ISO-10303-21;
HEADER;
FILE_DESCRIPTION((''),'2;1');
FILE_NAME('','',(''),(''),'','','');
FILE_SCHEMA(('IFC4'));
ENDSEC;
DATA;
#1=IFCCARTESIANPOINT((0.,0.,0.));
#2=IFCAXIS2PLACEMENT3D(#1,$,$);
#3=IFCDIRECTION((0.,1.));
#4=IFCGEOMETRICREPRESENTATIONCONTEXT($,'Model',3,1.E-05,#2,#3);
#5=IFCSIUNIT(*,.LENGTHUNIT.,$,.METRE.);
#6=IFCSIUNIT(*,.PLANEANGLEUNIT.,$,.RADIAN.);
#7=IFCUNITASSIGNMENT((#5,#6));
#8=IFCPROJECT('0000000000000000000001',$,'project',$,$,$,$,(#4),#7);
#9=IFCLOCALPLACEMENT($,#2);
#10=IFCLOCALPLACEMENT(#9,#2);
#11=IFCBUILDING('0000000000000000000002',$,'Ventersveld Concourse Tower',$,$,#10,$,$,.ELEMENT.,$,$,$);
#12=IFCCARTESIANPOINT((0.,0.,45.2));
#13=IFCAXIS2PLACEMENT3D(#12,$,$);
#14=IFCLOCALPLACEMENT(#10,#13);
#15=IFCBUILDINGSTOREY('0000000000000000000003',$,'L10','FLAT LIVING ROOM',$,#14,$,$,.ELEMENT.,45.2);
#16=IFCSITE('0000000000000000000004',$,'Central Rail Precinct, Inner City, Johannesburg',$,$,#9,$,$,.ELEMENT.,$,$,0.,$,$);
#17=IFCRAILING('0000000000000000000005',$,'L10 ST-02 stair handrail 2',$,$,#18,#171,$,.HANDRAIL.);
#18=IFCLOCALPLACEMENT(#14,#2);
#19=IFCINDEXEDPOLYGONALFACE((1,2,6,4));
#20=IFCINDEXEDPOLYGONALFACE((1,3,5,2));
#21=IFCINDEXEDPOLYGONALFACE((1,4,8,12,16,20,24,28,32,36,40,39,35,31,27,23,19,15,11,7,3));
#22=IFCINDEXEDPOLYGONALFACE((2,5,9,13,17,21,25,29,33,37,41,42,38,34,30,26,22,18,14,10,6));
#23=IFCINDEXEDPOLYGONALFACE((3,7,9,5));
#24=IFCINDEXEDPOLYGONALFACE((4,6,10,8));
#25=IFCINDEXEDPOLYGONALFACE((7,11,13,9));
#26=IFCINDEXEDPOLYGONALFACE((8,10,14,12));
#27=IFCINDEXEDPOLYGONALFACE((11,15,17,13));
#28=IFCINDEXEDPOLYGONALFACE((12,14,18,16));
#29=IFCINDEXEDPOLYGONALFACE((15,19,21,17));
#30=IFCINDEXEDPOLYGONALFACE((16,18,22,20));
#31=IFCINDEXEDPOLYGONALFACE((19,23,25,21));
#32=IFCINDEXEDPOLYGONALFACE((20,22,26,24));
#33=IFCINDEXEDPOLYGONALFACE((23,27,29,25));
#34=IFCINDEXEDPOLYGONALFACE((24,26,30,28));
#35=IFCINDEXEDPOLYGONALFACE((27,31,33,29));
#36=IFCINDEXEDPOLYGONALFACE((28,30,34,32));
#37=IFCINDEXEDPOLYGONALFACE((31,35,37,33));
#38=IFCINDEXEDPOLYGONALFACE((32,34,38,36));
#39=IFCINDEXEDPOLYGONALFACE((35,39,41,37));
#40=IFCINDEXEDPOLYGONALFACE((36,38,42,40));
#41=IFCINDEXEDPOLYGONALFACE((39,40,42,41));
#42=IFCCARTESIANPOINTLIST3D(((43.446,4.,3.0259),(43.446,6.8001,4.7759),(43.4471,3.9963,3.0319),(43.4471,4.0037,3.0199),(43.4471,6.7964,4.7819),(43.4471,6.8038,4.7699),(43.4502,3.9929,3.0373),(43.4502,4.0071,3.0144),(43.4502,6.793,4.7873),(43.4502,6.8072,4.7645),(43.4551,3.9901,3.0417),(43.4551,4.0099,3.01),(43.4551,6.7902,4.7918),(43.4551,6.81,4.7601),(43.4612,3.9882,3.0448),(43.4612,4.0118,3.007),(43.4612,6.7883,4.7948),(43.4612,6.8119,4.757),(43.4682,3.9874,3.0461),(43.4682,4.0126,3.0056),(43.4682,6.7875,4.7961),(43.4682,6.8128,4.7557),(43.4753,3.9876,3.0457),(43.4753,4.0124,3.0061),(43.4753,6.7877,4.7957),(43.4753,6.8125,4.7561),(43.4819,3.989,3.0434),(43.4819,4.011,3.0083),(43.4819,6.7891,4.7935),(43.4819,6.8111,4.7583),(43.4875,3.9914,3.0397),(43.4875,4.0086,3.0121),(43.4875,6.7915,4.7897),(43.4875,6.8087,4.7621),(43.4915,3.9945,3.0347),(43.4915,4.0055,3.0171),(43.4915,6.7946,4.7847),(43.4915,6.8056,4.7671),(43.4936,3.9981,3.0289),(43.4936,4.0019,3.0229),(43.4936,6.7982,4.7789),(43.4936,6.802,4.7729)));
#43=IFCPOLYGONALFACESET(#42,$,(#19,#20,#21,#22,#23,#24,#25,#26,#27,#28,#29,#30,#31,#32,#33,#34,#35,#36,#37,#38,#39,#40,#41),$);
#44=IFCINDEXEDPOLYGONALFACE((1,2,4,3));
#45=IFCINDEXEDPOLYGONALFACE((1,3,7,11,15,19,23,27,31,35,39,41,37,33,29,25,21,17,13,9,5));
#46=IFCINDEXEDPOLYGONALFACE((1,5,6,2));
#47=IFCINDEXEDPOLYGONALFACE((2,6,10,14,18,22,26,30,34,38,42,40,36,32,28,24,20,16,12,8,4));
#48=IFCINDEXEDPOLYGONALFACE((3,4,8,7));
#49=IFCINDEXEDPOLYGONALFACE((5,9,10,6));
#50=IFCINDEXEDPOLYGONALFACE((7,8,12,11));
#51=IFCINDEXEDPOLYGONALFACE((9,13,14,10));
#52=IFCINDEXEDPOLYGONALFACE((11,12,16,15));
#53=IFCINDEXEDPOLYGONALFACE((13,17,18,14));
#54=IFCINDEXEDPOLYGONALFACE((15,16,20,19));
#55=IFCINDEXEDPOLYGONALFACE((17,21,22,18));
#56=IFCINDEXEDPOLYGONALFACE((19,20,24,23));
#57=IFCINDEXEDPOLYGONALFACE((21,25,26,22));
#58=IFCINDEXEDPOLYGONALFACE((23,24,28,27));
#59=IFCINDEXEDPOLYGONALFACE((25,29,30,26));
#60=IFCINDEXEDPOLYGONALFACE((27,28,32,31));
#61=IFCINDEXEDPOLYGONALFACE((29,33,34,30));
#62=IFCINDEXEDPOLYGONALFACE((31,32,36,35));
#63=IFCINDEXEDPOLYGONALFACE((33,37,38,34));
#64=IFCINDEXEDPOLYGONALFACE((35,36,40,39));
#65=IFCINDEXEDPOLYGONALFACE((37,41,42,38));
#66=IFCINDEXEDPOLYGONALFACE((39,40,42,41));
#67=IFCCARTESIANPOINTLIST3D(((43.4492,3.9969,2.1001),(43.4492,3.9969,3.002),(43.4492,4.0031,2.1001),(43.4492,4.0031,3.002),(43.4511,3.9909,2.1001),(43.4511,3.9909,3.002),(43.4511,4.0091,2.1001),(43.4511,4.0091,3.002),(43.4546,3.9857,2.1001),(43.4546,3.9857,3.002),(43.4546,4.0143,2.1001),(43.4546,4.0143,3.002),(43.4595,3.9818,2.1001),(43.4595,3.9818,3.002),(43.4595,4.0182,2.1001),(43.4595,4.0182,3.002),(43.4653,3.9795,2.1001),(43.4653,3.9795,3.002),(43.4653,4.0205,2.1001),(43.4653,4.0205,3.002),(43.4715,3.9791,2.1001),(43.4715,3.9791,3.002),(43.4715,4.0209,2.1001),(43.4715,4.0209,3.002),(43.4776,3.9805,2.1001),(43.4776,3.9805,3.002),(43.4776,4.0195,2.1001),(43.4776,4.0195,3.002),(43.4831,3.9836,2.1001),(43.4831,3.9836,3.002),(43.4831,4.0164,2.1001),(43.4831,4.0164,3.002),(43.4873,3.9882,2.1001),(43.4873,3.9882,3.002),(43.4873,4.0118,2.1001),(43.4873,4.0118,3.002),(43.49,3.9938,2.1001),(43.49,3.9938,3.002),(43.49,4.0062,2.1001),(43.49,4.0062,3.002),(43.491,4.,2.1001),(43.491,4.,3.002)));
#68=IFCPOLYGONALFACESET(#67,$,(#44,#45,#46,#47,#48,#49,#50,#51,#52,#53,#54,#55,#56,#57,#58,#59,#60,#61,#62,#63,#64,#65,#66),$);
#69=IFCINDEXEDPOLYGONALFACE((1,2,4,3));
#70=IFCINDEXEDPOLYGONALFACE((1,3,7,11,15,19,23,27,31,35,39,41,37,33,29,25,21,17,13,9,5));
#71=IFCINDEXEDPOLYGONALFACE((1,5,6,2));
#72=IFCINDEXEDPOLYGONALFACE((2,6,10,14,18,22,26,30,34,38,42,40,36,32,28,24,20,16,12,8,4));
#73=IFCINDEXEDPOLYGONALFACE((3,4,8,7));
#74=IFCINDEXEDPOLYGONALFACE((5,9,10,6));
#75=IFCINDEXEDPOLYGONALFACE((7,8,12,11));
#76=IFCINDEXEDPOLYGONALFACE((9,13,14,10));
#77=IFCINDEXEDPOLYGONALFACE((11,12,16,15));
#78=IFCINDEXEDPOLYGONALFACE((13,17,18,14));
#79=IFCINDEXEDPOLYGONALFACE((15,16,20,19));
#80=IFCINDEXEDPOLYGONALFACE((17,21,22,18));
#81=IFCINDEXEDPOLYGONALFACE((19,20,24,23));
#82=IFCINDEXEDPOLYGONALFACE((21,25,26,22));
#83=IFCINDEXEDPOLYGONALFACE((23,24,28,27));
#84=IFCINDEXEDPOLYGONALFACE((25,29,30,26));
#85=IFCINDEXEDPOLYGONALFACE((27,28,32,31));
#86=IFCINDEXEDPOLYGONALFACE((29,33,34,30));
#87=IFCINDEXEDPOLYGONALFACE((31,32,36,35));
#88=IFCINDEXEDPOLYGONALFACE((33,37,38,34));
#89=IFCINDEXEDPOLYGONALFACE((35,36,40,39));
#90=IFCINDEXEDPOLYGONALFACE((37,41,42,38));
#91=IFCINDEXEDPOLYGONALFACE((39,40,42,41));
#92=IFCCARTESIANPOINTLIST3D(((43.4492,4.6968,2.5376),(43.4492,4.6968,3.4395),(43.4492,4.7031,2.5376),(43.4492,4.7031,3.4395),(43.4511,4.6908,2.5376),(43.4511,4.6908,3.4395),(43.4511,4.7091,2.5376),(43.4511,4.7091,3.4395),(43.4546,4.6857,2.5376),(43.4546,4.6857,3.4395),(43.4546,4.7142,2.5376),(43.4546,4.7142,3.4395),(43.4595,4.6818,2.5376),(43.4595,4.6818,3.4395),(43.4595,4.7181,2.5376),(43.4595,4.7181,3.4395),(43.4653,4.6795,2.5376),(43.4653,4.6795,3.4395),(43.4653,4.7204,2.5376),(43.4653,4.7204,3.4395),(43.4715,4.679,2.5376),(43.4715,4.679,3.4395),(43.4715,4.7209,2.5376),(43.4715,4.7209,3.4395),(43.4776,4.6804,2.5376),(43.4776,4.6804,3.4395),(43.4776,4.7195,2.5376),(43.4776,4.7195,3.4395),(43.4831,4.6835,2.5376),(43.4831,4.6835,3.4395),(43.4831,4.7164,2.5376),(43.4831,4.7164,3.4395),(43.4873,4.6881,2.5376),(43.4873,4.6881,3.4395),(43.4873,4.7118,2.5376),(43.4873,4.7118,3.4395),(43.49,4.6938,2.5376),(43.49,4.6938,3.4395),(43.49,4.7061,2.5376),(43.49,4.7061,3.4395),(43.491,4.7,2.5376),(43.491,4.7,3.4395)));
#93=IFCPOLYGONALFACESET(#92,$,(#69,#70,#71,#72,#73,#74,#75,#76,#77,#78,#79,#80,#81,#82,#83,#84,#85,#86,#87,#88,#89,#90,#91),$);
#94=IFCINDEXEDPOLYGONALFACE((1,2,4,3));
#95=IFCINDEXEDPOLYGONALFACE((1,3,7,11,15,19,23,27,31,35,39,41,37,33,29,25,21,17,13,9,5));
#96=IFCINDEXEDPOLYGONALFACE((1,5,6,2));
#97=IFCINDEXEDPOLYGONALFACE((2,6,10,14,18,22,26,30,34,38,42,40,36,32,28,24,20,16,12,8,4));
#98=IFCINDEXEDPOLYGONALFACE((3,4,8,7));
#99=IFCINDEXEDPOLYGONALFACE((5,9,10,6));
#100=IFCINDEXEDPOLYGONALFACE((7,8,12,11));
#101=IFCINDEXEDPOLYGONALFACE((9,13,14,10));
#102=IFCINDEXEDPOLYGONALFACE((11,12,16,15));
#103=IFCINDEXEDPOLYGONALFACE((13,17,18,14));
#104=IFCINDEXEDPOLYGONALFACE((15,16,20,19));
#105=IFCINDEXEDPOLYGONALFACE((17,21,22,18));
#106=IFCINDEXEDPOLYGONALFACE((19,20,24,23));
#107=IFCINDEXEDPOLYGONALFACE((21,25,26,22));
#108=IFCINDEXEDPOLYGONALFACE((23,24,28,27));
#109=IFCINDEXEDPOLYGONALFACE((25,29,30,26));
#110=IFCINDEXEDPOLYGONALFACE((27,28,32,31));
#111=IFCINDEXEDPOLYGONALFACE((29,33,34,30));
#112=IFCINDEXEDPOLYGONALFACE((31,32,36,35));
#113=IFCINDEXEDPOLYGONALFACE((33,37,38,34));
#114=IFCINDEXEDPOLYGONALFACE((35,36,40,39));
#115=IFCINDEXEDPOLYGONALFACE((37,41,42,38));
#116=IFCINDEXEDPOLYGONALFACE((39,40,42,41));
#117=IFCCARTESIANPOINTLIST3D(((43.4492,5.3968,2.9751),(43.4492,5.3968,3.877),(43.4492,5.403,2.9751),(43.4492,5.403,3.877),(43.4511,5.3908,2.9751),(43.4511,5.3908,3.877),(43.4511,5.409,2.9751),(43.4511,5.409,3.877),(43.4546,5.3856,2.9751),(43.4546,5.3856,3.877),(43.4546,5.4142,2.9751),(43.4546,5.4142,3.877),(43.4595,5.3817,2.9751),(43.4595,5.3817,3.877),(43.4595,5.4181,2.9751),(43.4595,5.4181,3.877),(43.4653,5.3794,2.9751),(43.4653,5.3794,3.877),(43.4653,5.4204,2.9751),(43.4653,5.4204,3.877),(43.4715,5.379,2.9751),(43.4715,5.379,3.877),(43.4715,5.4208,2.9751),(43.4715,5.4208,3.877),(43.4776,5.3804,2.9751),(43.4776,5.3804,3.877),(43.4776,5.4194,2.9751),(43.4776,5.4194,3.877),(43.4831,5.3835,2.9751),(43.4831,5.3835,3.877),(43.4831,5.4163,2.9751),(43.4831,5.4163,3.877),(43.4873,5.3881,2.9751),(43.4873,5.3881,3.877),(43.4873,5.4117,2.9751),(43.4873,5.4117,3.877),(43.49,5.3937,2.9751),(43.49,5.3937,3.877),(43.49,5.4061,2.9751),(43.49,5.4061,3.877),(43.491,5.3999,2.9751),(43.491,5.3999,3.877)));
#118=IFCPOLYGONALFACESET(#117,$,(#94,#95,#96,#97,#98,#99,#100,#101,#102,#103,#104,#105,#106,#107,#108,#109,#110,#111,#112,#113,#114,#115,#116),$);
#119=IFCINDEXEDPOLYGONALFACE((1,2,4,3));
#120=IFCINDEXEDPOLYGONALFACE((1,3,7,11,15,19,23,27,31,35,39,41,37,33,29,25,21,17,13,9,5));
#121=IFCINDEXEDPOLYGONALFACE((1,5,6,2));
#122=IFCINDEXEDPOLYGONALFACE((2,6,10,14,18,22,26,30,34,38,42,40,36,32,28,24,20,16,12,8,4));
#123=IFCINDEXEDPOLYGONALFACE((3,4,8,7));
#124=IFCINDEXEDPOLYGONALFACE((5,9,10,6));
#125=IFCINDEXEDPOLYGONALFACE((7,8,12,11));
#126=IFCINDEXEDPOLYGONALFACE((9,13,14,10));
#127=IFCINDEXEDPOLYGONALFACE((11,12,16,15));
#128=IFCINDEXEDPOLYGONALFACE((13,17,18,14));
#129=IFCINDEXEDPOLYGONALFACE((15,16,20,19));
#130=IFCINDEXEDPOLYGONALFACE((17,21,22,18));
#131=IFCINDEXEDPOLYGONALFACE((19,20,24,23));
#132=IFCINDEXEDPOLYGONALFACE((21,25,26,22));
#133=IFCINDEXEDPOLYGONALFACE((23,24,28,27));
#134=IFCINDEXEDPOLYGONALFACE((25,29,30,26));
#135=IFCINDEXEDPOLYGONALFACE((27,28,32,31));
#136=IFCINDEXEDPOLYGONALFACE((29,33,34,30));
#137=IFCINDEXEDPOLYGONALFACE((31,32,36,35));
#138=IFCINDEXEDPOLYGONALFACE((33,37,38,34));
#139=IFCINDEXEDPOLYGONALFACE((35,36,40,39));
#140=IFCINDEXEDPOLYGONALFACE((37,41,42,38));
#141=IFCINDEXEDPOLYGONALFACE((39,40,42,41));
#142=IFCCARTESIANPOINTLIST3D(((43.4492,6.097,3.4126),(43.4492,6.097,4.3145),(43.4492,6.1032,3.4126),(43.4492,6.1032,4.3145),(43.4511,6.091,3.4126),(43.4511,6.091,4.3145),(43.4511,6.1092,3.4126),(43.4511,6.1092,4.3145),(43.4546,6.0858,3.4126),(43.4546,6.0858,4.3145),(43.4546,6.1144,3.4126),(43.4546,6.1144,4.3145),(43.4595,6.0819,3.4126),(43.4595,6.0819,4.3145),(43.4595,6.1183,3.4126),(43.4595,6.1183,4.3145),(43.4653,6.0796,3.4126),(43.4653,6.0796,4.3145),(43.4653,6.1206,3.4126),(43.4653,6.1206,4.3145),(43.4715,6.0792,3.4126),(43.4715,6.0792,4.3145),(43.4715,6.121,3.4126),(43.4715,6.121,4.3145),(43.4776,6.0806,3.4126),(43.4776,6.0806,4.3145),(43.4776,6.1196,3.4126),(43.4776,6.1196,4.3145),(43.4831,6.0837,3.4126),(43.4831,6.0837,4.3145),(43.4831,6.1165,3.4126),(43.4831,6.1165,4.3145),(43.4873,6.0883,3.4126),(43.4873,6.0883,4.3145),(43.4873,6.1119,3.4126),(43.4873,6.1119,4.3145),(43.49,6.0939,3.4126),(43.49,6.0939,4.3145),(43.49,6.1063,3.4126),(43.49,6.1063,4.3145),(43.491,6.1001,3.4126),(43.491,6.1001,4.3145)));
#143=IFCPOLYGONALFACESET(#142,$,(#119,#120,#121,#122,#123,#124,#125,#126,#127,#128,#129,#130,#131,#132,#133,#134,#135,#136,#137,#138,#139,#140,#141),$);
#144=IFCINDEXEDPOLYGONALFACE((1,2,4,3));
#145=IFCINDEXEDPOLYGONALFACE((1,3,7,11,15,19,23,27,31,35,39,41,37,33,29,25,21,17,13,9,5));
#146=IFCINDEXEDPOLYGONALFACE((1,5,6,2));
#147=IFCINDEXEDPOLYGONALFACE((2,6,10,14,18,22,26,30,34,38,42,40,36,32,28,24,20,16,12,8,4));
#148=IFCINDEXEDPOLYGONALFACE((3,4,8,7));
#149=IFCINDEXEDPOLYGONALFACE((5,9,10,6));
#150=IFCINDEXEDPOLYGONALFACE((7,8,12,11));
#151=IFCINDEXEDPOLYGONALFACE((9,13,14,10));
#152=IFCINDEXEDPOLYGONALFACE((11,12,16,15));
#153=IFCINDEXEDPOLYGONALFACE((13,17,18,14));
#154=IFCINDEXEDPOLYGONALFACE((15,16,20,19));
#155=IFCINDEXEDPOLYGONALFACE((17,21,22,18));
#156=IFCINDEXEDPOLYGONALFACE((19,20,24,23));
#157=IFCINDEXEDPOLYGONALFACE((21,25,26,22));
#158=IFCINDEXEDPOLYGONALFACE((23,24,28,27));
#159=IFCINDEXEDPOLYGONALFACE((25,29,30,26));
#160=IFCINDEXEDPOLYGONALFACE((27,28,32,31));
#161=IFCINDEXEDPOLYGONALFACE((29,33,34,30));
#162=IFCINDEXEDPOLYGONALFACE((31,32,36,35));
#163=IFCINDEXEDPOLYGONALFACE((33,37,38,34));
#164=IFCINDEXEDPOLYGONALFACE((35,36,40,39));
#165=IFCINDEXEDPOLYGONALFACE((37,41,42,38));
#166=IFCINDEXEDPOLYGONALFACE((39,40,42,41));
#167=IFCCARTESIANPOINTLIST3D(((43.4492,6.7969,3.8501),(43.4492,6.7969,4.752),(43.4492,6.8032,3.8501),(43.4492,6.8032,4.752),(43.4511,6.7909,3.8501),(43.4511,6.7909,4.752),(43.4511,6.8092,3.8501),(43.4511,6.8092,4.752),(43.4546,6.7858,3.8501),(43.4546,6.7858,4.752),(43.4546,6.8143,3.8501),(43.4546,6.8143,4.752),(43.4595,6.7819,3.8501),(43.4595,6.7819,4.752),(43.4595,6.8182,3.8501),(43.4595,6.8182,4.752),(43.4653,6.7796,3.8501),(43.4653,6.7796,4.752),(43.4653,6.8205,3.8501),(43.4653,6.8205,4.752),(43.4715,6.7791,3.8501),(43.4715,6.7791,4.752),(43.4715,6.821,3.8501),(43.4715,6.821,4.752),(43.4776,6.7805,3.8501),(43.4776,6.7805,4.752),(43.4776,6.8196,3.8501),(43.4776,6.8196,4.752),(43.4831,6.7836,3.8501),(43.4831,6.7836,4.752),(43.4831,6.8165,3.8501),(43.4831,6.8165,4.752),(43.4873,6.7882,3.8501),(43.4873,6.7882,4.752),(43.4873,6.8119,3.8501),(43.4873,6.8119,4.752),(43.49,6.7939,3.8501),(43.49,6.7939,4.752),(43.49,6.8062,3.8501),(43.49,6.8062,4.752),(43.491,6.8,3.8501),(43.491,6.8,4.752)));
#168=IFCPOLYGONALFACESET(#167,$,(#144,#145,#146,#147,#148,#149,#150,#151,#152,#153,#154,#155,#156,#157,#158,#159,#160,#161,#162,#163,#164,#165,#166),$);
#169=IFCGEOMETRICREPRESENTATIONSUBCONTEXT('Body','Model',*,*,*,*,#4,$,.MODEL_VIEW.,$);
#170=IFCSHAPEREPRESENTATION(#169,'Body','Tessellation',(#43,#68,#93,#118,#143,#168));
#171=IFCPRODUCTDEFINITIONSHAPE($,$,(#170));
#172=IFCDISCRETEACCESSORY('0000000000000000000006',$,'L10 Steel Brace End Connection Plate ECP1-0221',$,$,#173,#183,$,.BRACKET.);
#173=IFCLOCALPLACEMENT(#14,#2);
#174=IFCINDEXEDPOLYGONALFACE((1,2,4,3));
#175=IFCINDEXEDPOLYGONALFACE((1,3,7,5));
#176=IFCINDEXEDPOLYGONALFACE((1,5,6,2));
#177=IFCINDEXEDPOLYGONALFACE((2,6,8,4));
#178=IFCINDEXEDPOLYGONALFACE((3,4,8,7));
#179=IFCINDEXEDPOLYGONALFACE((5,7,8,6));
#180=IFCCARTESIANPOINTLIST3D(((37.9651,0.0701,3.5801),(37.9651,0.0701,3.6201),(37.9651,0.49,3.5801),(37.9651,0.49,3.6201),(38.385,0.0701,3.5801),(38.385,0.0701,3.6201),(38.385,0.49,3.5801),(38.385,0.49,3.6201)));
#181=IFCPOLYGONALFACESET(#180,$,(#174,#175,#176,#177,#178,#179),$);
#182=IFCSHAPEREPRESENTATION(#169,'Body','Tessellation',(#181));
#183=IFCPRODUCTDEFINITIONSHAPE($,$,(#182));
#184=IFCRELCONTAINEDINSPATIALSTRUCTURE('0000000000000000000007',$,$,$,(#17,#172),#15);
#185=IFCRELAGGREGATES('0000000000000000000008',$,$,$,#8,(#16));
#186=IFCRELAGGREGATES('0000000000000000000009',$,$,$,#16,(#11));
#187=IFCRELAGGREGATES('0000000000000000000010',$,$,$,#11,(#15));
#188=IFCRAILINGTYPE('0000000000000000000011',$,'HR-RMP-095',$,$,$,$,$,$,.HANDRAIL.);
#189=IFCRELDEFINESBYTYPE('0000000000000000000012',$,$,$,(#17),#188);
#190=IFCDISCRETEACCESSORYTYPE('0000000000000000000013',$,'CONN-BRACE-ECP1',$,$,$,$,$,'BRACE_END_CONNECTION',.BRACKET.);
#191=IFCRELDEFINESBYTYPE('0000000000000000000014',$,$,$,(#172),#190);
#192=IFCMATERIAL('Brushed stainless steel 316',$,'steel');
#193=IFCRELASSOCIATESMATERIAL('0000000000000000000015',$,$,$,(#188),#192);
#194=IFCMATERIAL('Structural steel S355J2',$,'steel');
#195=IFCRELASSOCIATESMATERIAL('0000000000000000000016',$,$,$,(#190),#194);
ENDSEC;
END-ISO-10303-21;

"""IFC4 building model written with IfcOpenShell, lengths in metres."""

from ifc_helpers import new_model, si_unit, direction, frame, origin, origin_2d, place, context, subcontext, project, spatial, rectangle, circle, extrude, material, type_object, element, save


model = new_model("IFC4")

# Units and contexts
model_context = context("Model", 3, precision=1e-05, world=origin(), true_north=direction((0.0, 1.0)))
body_context = subcontext(model_context, "Body", "Model", "MODEL_VIEW")
ifc_project = project(units=[si_unit("LENGTHUNIT", "METRE"), si_unit("PLANEANGLEUNIT", "RADIAN")], contexts=[model_context])

# Site, building, storey
site_placement = place(None, origin())
site = spatial("IfcSite", under=ifc_project, at=site_placement, Name="Central Rail Precinct, Inner City, Johannesburg", CompositionType="ELEMENT", RefElevation=0.0)
building_placement = place(site_placement, origin())
building = spatial("IfcBuilding", under=site, at=building_placement, Name="Ventersveld Concourse Tower", CompositionType="ELEMENT")
storey_placement = place(building_placement, frame((0.0, 0.0, 45.2)))
storey = spatial("IfcBuildingStorey", under=building, at=storey_placement, Name="L10", Description="FLAT LIVING ROOM", CompositionType="ELEMENT", Elevation=45.2)

# Shared definitions
ifc_material_1 = material(Name="Structural steel S355J2", Category="steel")

# Shared definitions
ifc_material_2 = material(Name="Brushed stainless steel 316", Category="steel")

# Railing
railing_type_1 = type_object("IfcRailingType", Name="HR-RMP-095", PredefinedType="HANDRAIL", material=ifc_material_2)
railing_1_placement = place(storey_placement, frame((43.47, 4.0, 2.1001)))
element("IfcRailing", 1, at=railing_1_placement, inside=storey, type_object=railing_type_1, Name="L10 ST-02 stair handrail 2", PredefinedType="HANDRAIL", context=body_context, shape_type="SweptSolid", body=[
    extrude(circle(Radius=0.0239, at=origin_2d()), frame((0.0, 0.0, 0.9258), z_axis=(0.0, 0.848002, 0.529992), x_axis=(-1.0, 0.0, 0.0)), (0.0, 0.0, 1.0), 3.302),
    extrude(circle(Radius=0.021, at=origin_2d()), origin(), (0.0, 0.0, 1.0), 0.9019),
    extrude(circle(Radius=0.021, at=origin_2d()), frame((0.0, 0.7, 0.4375)), (0.0, 0.0, 1.0), 0.9019),
    extrude(circle(Radius=0.021, at=origin_2d()), frame((0.0, 1.3999, 0.875)), (0.0, 0.0, 1.0), 0.9019),
    extrude(circle(Radius=0.021, at=origin_2d()), frame((0.0, 2.1001, 1.3125)), (0.0, 0.0, 1.0), 0.9019),
    extrude(circle(Radius=0.021, at=origin_2d()), frame((0.0, 2.8, 1.75)), (0.0, 0.0, 1.0), 0.9019),
])

# Discrete accessory
discrete_accessory_type = type_object("IfcDiscreteAccessoryType", Name="CONN-BRACE-ECP1", ElementType="BRACE_END_CONNECTION", PredefinedType="BRACKET", material=ifc_material_1)
discrete_accessory_placement = place(storey_placement, frame((38.175, 0.28, 3.5801), z_axis=(0.0, 0.0, 1.0), x_axis=(1.0, 0.0, 0.0)))
element("IfcDiscreteAccessory", 2, at=discrete_accessory_placement, inside=storey, type_object=discrete_accessory_type, Name="L10 Steel Brace End Connection Plate ECP1-0221", PredefinedType="BRACKET", context=body_context, shape_type="SweptSolid", body=[
    extrude(rectangle(XDim=0.4199, YDim=0.4199, at=origin_2d()), origin(), (0.0, 0.0, 1.0), 0.04),
])

save(model, "model.ifc")
